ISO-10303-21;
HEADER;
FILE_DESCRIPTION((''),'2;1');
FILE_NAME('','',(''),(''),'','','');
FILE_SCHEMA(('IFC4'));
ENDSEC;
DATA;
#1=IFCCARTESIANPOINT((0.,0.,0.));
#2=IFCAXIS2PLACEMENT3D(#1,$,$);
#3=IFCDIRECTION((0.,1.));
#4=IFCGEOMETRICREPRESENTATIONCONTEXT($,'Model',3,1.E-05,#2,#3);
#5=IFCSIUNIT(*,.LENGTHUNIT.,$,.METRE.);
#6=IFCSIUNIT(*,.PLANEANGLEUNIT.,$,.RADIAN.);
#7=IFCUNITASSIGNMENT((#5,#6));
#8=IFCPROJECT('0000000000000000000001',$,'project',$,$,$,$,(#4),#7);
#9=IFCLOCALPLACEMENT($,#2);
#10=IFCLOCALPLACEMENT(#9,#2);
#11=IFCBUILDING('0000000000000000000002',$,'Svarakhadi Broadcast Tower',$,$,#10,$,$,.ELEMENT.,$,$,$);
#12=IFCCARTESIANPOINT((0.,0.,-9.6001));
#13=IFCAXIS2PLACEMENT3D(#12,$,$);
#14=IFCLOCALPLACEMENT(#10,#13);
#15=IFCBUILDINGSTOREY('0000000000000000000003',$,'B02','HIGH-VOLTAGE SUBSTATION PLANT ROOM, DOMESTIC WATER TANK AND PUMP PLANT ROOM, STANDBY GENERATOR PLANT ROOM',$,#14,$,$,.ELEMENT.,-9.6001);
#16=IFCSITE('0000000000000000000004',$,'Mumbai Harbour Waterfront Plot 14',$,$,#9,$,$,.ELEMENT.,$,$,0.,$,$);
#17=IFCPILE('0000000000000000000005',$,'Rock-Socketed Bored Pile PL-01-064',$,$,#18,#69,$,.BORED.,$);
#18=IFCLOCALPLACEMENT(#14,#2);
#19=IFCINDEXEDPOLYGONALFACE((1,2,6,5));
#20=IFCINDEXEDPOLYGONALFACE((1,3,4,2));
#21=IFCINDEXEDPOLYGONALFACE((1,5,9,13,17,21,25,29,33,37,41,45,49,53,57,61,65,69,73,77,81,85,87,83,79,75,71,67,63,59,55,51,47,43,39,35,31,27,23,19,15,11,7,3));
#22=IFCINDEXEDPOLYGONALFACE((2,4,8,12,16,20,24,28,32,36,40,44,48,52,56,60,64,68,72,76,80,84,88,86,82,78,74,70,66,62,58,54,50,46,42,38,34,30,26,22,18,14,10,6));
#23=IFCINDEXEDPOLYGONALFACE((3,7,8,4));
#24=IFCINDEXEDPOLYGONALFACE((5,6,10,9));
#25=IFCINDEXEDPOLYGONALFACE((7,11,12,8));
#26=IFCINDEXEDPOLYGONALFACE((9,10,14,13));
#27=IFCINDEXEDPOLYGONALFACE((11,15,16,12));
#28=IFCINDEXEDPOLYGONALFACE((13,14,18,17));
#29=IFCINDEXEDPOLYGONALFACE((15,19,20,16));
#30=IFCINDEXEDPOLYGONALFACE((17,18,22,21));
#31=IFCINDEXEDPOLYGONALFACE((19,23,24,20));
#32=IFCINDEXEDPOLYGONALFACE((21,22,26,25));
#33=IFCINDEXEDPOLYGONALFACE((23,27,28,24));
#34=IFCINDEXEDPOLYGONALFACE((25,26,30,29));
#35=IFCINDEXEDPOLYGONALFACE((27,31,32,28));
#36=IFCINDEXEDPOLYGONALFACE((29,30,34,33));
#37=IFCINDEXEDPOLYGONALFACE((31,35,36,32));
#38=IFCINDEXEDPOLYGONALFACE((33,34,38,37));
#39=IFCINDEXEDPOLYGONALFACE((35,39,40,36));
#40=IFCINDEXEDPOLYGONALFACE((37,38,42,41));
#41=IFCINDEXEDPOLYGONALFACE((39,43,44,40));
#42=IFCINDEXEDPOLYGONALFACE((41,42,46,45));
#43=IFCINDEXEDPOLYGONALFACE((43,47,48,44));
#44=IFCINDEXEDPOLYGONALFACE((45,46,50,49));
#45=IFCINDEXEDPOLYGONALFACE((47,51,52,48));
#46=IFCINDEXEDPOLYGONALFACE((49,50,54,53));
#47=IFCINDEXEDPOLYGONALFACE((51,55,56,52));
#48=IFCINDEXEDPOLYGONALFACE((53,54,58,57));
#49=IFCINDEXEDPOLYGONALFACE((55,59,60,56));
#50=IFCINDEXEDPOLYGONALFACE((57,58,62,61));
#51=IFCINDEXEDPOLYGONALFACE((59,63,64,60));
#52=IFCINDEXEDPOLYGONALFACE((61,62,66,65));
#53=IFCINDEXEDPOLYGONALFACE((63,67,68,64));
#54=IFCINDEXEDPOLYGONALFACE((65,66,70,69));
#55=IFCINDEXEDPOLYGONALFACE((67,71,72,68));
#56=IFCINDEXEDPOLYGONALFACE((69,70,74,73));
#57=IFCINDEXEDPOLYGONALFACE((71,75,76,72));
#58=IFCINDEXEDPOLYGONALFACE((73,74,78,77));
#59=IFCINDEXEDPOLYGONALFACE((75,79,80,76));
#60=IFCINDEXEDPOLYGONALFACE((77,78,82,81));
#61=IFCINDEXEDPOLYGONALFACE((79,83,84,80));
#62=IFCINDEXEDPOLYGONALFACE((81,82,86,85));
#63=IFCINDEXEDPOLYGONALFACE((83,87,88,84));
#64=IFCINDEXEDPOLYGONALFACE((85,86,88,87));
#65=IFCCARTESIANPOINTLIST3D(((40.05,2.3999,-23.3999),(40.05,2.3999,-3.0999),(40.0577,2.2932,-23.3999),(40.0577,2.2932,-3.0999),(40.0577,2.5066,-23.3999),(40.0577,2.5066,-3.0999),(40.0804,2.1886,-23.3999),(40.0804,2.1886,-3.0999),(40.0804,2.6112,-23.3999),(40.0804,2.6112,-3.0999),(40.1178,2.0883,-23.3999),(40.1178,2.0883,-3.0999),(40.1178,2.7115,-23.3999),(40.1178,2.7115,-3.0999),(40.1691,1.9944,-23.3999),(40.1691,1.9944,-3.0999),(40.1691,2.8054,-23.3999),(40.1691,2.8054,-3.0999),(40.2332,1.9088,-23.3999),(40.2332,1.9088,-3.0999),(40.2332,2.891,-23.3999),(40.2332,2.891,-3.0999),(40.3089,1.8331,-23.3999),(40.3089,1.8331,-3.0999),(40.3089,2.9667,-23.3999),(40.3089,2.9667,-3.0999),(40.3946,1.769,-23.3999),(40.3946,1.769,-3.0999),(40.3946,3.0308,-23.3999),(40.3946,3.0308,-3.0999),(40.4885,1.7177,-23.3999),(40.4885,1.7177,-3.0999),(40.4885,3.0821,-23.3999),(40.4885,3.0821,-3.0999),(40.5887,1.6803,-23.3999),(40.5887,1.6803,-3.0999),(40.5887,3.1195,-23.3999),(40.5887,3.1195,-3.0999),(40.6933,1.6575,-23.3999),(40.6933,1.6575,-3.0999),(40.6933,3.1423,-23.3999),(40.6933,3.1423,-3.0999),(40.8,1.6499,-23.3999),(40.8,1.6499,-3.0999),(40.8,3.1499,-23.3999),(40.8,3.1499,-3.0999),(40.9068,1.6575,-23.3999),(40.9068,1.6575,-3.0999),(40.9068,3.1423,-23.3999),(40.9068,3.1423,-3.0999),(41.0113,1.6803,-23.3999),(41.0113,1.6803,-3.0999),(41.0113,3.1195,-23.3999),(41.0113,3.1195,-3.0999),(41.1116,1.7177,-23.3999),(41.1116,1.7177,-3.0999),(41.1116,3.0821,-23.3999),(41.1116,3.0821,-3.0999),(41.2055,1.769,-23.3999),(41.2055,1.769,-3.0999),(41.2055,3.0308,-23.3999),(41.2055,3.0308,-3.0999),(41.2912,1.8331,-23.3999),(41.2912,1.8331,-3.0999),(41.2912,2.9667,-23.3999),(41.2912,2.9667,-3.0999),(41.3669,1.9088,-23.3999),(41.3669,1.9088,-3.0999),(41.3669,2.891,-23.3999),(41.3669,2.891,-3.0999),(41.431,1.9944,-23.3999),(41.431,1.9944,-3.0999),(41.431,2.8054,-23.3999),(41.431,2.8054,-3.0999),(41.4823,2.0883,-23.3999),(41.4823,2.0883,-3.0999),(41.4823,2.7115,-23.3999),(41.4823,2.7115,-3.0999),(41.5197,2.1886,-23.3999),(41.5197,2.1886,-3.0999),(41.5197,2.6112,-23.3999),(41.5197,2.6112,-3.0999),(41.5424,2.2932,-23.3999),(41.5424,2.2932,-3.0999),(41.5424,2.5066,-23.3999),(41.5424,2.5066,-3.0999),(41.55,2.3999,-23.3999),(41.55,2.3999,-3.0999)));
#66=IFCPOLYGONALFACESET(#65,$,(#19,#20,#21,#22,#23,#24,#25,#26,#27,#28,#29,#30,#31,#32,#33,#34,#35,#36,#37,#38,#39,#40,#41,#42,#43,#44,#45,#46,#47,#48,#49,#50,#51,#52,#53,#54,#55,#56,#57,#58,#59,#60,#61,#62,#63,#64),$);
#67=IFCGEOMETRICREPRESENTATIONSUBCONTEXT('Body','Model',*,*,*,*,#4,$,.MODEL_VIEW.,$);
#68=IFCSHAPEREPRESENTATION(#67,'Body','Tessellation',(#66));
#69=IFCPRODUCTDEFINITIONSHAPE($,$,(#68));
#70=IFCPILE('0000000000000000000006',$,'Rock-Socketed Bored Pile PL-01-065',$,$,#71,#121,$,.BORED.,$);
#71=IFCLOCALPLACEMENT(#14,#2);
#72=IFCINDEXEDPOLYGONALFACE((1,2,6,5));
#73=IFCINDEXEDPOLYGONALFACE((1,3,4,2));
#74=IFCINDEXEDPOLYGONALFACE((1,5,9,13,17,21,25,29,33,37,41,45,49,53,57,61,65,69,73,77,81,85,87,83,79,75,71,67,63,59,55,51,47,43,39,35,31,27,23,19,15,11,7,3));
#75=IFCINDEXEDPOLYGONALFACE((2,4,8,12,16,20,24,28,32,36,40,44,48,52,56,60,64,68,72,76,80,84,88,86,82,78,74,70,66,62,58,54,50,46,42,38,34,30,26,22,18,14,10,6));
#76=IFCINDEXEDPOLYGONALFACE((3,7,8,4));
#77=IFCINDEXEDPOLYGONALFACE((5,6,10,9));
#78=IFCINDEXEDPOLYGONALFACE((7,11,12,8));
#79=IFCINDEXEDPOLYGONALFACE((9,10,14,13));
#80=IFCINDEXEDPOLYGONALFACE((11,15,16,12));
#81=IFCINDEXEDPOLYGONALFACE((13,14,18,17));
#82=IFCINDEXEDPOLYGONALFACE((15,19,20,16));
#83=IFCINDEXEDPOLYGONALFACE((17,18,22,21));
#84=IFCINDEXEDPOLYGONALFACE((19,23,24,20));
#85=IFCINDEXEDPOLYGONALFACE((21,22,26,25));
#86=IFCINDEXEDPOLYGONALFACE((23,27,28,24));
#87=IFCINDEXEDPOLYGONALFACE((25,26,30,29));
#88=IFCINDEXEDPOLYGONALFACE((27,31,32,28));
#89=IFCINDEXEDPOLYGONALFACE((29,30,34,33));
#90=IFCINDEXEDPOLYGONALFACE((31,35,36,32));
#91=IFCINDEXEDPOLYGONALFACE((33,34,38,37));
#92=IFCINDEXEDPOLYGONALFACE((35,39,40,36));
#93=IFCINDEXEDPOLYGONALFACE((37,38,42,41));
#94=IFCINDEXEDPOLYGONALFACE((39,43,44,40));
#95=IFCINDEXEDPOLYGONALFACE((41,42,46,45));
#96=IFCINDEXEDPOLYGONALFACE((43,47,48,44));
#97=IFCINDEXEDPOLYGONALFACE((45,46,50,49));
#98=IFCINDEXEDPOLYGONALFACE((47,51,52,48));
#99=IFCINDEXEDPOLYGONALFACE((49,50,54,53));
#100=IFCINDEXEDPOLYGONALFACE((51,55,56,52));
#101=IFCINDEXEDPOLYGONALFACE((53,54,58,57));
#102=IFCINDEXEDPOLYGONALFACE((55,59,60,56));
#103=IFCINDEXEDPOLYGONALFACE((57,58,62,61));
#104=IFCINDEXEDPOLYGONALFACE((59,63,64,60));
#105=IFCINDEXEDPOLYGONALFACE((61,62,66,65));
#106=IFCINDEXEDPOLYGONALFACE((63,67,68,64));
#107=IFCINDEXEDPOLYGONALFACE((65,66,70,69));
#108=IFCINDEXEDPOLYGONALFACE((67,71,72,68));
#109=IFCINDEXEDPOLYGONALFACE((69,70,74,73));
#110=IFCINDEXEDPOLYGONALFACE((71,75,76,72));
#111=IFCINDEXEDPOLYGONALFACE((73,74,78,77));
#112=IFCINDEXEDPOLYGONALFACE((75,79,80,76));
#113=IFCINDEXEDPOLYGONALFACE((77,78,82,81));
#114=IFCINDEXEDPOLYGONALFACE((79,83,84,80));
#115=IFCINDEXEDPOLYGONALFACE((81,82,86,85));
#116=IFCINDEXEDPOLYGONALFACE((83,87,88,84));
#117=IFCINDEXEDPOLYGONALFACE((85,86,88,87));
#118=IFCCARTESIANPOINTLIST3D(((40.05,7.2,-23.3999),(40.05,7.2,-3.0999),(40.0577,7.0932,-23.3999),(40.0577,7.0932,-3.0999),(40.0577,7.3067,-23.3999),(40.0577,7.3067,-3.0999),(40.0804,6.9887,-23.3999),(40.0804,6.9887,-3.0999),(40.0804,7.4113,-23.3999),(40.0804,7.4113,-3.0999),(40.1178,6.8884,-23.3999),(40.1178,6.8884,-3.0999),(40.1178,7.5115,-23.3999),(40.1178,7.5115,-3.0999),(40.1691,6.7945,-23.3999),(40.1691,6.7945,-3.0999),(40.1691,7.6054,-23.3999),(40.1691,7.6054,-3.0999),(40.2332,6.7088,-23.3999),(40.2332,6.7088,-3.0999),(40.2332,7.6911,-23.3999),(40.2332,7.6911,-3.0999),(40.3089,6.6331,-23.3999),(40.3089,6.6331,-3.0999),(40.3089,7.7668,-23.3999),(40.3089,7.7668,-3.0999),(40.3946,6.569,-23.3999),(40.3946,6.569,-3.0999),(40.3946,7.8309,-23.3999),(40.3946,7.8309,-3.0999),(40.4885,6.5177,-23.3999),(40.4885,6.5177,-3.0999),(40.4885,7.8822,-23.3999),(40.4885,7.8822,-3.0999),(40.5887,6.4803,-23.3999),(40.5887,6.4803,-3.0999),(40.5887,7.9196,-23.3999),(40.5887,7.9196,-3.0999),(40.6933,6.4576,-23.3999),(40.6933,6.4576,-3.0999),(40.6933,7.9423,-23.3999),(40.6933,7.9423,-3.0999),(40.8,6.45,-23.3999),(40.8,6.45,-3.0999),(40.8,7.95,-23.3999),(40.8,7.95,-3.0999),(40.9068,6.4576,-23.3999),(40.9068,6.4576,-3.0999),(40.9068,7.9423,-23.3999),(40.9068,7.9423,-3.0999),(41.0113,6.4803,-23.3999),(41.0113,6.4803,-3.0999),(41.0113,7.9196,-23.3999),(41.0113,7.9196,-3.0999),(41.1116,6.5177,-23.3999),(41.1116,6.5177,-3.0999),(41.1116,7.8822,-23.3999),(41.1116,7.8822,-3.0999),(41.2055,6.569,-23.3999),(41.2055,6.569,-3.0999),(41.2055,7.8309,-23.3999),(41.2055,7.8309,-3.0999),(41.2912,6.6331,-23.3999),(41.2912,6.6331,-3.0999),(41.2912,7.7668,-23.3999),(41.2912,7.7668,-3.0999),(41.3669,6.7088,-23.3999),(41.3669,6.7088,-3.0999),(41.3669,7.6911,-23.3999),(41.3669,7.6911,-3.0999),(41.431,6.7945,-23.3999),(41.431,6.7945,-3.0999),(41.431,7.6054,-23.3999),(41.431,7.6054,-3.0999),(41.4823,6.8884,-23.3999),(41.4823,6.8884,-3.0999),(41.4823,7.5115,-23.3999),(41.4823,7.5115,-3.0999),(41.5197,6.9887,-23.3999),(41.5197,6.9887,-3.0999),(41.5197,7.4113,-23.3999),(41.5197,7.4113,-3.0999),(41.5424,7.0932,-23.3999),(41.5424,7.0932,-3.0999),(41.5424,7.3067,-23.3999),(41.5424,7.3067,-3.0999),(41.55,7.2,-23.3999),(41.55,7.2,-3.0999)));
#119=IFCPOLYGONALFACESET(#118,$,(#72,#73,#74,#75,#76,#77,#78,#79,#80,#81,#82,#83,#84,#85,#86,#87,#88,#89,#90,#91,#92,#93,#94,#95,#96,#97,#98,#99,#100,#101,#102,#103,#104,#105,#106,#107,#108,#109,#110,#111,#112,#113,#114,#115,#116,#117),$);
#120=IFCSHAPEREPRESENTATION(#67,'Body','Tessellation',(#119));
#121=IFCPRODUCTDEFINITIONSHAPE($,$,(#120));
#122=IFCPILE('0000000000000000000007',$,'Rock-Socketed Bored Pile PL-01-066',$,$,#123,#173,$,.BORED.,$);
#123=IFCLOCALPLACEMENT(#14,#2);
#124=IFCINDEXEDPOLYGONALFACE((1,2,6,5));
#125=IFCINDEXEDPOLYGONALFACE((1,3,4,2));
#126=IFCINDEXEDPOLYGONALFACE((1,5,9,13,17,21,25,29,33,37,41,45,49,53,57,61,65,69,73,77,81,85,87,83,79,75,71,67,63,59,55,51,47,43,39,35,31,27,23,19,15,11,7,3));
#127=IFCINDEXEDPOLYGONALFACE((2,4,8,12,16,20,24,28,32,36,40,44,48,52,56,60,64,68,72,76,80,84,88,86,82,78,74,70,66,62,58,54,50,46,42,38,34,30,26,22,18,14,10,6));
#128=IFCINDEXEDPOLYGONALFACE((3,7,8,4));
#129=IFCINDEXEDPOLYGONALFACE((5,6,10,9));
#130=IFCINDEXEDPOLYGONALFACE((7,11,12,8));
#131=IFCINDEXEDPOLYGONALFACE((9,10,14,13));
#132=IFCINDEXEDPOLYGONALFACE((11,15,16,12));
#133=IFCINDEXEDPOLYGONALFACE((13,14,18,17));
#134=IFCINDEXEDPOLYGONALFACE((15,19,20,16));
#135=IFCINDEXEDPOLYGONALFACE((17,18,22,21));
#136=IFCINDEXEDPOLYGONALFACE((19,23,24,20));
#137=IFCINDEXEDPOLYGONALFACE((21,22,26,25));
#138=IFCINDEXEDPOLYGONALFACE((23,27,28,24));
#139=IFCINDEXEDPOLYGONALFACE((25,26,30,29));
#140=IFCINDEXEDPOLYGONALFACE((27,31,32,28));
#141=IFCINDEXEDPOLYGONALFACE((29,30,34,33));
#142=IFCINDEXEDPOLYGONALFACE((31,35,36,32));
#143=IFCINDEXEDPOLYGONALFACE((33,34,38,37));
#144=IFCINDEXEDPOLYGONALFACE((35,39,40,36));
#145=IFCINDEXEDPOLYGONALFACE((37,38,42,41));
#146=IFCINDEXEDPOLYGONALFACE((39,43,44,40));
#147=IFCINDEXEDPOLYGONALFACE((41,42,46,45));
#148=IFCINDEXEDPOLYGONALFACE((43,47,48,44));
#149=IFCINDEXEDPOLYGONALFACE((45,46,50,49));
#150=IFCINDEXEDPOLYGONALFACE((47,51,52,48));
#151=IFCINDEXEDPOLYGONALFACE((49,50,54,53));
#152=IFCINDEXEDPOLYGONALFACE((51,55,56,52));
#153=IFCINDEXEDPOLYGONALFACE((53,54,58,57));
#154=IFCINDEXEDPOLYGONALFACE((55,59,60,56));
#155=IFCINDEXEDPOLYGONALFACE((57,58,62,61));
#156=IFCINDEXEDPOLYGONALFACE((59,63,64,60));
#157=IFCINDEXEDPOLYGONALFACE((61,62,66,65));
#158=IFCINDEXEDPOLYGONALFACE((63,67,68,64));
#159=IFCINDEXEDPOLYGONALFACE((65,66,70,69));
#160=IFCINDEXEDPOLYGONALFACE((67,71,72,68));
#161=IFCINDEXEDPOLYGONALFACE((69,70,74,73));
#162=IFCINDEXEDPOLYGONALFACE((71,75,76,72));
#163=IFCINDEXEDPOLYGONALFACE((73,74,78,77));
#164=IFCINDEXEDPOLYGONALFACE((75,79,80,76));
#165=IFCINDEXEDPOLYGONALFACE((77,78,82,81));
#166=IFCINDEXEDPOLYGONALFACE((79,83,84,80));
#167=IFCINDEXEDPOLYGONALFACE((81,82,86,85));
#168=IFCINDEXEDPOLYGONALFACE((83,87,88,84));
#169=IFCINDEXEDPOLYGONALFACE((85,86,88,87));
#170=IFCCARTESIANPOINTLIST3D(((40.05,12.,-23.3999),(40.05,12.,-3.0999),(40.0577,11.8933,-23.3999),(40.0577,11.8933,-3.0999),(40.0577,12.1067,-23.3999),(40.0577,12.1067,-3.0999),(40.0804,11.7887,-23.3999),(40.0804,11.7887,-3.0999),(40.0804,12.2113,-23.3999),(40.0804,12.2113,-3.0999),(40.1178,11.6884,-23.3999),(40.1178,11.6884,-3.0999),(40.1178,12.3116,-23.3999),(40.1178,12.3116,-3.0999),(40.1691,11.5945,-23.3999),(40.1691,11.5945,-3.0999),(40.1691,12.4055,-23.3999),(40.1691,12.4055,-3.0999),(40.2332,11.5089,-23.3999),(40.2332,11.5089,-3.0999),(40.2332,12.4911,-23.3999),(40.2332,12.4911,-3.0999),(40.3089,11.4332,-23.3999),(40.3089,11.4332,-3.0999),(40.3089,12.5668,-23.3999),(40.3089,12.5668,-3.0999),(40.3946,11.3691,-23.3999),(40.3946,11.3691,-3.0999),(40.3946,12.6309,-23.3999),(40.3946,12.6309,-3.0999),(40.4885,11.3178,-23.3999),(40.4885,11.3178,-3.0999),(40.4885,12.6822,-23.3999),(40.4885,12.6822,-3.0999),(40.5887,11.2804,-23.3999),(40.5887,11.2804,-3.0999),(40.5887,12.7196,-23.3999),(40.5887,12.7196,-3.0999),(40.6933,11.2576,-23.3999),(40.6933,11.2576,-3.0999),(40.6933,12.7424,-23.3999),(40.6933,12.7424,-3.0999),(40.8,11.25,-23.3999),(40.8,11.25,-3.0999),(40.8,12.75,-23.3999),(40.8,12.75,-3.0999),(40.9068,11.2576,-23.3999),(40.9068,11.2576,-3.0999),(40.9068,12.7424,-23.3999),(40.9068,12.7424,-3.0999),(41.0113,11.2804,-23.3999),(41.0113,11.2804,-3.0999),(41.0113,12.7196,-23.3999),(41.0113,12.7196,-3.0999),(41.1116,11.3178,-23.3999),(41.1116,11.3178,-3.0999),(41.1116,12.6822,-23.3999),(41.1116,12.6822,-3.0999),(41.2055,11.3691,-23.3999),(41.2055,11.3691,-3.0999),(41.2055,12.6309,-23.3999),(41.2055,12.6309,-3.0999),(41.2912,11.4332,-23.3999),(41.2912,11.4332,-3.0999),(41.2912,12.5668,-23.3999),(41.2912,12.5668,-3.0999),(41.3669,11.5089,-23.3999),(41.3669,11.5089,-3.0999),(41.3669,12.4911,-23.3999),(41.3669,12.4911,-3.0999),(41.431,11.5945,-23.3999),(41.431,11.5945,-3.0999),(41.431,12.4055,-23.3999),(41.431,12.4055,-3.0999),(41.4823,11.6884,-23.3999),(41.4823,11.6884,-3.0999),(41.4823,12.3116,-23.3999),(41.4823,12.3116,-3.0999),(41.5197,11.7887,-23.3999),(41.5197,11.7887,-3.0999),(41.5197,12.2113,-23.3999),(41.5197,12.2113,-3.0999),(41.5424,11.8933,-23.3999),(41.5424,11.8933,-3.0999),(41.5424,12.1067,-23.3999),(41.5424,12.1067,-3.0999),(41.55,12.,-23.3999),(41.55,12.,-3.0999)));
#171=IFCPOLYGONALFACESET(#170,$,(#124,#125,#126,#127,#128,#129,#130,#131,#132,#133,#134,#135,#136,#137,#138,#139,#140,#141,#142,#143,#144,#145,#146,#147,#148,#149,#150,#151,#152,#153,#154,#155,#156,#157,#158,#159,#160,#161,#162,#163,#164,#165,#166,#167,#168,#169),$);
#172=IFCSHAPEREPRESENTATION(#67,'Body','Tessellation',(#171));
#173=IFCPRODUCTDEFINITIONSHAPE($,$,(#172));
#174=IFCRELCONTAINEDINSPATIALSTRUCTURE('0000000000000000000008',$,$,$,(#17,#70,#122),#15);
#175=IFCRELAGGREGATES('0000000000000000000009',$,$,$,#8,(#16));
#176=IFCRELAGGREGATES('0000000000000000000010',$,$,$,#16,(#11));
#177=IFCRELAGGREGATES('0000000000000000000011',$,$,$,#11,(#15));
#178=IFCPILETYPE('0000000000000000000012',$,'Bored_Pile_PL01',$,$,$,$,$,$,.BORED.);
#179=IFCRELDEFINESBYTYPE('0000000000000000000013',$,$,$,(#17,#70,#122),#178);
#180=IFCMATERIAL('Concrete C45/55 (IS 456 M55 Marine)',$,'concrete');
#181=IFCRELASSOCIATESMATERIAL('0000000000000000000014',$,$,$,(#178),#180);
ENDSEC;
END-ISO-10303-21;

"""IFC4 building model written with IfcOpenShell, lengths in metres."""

from ifc_helpers import new_model, si_unit, direction, frame, origin, origin_2d, place, context, subcontext, project, spatial, circle, extrude, material, material_profile, profile_set, type_object, element, save


model = new_model("IFC4")

# Units and contexts
model_context = context("Model", 3, precision=1e-05, world=origin(), true_north=direction((0.0, 1.0)))
body_context = subcontext(model_context, "Body", "Model", "MODEL_VIEW")
ifc_project = project(units=[si_unit("LENGTHUNIT", "METRE"), si_unit("PLANEANGLEUNIT", "RADIAN")], contexts=[model_context])

# Site, building, storey
site_placement = place(None, origin())
site = spatial("IfcSite", under=ifc_project, at=site_placement, Name="Mumbai Harbour Waterfront Plot 14", CompositionType="ELEMENT", RefElevation=0.0)
building_placement = place(site_placement, origin())
building = spatial("IfcBuilding", under=site, at=building_placement, Name="Svarakhadi Broadcast Tower", CompositionType="ELEMENT")
storey_placement = place(building_placement, frame((0.0, 0.0, -9.6001)))
storey = spatial("IfcBuildingStorey", under=building, at=storey_placement, Name="B02", Description="HIGH-VOLTAGE SUBSTATION PLANT ROOM, DOMESTIC WATER TANK AND PUMP PLANT ROOM, STANDBY GENERATOR PLANT ROOM", CompositionType="ELEMENT", Elevation=-9.6001)

# Piles
ifc_material_1 = material(Name="Concrete C45/55 (IS 456 M55 Marine)", Category="concrete")
ifc_material_profile_1 = material_profile(ifc_material_1, circle(Radius=0.75, at=origin_2d()), Name="PILE D1500")
ifc_profile_set_1 = profile_set([ifc_material_profile_1], Name="Concrete C45/55 (IS 456 M55 Marine)")
pile_type_1 = type_object("IfcPileType", Name="Bored_Pile_PL01", PredefinedType="BORED", material=ifc_profile_set_1)
for number, where, z_axis, x_axis, name in (
    (1, (40.8, 2.3999, -3.0999), (0.0, 0.0, -1.0), (1.0, 0.0, 0.0), "Rock-Socketed Bored Pile PL-01-064"),
    (2, (40.8, 7.2, -3.0999), (0.0, 0.0, -1.0), (1.0, 0.0, 0.0), "Rock-Socketed Bored Pile PL-01-065"),
    (3, (40.8, 12.0, -3.0999), (0.0, 0.0, -1.0), (1.0, 0.0, 0.0), "Rock-Socketed Bored Pile PL-01-066"),
):
    element("IfcPile", number, at=place(storey_placement, frame(where, z_axis=z_axis, x_axis=x_axis)), inside=storey, type_object=pile_type_1, Name=name, PredefinedType="BORED", context=body_context, shape_type="SweptSolid", body=[
        extrude(circle(Radius=0.75, at=origin_2d()), origin(), (0.0, 0.0, 1.0), 20.3),
    ])

save(model, "model.ifc")
